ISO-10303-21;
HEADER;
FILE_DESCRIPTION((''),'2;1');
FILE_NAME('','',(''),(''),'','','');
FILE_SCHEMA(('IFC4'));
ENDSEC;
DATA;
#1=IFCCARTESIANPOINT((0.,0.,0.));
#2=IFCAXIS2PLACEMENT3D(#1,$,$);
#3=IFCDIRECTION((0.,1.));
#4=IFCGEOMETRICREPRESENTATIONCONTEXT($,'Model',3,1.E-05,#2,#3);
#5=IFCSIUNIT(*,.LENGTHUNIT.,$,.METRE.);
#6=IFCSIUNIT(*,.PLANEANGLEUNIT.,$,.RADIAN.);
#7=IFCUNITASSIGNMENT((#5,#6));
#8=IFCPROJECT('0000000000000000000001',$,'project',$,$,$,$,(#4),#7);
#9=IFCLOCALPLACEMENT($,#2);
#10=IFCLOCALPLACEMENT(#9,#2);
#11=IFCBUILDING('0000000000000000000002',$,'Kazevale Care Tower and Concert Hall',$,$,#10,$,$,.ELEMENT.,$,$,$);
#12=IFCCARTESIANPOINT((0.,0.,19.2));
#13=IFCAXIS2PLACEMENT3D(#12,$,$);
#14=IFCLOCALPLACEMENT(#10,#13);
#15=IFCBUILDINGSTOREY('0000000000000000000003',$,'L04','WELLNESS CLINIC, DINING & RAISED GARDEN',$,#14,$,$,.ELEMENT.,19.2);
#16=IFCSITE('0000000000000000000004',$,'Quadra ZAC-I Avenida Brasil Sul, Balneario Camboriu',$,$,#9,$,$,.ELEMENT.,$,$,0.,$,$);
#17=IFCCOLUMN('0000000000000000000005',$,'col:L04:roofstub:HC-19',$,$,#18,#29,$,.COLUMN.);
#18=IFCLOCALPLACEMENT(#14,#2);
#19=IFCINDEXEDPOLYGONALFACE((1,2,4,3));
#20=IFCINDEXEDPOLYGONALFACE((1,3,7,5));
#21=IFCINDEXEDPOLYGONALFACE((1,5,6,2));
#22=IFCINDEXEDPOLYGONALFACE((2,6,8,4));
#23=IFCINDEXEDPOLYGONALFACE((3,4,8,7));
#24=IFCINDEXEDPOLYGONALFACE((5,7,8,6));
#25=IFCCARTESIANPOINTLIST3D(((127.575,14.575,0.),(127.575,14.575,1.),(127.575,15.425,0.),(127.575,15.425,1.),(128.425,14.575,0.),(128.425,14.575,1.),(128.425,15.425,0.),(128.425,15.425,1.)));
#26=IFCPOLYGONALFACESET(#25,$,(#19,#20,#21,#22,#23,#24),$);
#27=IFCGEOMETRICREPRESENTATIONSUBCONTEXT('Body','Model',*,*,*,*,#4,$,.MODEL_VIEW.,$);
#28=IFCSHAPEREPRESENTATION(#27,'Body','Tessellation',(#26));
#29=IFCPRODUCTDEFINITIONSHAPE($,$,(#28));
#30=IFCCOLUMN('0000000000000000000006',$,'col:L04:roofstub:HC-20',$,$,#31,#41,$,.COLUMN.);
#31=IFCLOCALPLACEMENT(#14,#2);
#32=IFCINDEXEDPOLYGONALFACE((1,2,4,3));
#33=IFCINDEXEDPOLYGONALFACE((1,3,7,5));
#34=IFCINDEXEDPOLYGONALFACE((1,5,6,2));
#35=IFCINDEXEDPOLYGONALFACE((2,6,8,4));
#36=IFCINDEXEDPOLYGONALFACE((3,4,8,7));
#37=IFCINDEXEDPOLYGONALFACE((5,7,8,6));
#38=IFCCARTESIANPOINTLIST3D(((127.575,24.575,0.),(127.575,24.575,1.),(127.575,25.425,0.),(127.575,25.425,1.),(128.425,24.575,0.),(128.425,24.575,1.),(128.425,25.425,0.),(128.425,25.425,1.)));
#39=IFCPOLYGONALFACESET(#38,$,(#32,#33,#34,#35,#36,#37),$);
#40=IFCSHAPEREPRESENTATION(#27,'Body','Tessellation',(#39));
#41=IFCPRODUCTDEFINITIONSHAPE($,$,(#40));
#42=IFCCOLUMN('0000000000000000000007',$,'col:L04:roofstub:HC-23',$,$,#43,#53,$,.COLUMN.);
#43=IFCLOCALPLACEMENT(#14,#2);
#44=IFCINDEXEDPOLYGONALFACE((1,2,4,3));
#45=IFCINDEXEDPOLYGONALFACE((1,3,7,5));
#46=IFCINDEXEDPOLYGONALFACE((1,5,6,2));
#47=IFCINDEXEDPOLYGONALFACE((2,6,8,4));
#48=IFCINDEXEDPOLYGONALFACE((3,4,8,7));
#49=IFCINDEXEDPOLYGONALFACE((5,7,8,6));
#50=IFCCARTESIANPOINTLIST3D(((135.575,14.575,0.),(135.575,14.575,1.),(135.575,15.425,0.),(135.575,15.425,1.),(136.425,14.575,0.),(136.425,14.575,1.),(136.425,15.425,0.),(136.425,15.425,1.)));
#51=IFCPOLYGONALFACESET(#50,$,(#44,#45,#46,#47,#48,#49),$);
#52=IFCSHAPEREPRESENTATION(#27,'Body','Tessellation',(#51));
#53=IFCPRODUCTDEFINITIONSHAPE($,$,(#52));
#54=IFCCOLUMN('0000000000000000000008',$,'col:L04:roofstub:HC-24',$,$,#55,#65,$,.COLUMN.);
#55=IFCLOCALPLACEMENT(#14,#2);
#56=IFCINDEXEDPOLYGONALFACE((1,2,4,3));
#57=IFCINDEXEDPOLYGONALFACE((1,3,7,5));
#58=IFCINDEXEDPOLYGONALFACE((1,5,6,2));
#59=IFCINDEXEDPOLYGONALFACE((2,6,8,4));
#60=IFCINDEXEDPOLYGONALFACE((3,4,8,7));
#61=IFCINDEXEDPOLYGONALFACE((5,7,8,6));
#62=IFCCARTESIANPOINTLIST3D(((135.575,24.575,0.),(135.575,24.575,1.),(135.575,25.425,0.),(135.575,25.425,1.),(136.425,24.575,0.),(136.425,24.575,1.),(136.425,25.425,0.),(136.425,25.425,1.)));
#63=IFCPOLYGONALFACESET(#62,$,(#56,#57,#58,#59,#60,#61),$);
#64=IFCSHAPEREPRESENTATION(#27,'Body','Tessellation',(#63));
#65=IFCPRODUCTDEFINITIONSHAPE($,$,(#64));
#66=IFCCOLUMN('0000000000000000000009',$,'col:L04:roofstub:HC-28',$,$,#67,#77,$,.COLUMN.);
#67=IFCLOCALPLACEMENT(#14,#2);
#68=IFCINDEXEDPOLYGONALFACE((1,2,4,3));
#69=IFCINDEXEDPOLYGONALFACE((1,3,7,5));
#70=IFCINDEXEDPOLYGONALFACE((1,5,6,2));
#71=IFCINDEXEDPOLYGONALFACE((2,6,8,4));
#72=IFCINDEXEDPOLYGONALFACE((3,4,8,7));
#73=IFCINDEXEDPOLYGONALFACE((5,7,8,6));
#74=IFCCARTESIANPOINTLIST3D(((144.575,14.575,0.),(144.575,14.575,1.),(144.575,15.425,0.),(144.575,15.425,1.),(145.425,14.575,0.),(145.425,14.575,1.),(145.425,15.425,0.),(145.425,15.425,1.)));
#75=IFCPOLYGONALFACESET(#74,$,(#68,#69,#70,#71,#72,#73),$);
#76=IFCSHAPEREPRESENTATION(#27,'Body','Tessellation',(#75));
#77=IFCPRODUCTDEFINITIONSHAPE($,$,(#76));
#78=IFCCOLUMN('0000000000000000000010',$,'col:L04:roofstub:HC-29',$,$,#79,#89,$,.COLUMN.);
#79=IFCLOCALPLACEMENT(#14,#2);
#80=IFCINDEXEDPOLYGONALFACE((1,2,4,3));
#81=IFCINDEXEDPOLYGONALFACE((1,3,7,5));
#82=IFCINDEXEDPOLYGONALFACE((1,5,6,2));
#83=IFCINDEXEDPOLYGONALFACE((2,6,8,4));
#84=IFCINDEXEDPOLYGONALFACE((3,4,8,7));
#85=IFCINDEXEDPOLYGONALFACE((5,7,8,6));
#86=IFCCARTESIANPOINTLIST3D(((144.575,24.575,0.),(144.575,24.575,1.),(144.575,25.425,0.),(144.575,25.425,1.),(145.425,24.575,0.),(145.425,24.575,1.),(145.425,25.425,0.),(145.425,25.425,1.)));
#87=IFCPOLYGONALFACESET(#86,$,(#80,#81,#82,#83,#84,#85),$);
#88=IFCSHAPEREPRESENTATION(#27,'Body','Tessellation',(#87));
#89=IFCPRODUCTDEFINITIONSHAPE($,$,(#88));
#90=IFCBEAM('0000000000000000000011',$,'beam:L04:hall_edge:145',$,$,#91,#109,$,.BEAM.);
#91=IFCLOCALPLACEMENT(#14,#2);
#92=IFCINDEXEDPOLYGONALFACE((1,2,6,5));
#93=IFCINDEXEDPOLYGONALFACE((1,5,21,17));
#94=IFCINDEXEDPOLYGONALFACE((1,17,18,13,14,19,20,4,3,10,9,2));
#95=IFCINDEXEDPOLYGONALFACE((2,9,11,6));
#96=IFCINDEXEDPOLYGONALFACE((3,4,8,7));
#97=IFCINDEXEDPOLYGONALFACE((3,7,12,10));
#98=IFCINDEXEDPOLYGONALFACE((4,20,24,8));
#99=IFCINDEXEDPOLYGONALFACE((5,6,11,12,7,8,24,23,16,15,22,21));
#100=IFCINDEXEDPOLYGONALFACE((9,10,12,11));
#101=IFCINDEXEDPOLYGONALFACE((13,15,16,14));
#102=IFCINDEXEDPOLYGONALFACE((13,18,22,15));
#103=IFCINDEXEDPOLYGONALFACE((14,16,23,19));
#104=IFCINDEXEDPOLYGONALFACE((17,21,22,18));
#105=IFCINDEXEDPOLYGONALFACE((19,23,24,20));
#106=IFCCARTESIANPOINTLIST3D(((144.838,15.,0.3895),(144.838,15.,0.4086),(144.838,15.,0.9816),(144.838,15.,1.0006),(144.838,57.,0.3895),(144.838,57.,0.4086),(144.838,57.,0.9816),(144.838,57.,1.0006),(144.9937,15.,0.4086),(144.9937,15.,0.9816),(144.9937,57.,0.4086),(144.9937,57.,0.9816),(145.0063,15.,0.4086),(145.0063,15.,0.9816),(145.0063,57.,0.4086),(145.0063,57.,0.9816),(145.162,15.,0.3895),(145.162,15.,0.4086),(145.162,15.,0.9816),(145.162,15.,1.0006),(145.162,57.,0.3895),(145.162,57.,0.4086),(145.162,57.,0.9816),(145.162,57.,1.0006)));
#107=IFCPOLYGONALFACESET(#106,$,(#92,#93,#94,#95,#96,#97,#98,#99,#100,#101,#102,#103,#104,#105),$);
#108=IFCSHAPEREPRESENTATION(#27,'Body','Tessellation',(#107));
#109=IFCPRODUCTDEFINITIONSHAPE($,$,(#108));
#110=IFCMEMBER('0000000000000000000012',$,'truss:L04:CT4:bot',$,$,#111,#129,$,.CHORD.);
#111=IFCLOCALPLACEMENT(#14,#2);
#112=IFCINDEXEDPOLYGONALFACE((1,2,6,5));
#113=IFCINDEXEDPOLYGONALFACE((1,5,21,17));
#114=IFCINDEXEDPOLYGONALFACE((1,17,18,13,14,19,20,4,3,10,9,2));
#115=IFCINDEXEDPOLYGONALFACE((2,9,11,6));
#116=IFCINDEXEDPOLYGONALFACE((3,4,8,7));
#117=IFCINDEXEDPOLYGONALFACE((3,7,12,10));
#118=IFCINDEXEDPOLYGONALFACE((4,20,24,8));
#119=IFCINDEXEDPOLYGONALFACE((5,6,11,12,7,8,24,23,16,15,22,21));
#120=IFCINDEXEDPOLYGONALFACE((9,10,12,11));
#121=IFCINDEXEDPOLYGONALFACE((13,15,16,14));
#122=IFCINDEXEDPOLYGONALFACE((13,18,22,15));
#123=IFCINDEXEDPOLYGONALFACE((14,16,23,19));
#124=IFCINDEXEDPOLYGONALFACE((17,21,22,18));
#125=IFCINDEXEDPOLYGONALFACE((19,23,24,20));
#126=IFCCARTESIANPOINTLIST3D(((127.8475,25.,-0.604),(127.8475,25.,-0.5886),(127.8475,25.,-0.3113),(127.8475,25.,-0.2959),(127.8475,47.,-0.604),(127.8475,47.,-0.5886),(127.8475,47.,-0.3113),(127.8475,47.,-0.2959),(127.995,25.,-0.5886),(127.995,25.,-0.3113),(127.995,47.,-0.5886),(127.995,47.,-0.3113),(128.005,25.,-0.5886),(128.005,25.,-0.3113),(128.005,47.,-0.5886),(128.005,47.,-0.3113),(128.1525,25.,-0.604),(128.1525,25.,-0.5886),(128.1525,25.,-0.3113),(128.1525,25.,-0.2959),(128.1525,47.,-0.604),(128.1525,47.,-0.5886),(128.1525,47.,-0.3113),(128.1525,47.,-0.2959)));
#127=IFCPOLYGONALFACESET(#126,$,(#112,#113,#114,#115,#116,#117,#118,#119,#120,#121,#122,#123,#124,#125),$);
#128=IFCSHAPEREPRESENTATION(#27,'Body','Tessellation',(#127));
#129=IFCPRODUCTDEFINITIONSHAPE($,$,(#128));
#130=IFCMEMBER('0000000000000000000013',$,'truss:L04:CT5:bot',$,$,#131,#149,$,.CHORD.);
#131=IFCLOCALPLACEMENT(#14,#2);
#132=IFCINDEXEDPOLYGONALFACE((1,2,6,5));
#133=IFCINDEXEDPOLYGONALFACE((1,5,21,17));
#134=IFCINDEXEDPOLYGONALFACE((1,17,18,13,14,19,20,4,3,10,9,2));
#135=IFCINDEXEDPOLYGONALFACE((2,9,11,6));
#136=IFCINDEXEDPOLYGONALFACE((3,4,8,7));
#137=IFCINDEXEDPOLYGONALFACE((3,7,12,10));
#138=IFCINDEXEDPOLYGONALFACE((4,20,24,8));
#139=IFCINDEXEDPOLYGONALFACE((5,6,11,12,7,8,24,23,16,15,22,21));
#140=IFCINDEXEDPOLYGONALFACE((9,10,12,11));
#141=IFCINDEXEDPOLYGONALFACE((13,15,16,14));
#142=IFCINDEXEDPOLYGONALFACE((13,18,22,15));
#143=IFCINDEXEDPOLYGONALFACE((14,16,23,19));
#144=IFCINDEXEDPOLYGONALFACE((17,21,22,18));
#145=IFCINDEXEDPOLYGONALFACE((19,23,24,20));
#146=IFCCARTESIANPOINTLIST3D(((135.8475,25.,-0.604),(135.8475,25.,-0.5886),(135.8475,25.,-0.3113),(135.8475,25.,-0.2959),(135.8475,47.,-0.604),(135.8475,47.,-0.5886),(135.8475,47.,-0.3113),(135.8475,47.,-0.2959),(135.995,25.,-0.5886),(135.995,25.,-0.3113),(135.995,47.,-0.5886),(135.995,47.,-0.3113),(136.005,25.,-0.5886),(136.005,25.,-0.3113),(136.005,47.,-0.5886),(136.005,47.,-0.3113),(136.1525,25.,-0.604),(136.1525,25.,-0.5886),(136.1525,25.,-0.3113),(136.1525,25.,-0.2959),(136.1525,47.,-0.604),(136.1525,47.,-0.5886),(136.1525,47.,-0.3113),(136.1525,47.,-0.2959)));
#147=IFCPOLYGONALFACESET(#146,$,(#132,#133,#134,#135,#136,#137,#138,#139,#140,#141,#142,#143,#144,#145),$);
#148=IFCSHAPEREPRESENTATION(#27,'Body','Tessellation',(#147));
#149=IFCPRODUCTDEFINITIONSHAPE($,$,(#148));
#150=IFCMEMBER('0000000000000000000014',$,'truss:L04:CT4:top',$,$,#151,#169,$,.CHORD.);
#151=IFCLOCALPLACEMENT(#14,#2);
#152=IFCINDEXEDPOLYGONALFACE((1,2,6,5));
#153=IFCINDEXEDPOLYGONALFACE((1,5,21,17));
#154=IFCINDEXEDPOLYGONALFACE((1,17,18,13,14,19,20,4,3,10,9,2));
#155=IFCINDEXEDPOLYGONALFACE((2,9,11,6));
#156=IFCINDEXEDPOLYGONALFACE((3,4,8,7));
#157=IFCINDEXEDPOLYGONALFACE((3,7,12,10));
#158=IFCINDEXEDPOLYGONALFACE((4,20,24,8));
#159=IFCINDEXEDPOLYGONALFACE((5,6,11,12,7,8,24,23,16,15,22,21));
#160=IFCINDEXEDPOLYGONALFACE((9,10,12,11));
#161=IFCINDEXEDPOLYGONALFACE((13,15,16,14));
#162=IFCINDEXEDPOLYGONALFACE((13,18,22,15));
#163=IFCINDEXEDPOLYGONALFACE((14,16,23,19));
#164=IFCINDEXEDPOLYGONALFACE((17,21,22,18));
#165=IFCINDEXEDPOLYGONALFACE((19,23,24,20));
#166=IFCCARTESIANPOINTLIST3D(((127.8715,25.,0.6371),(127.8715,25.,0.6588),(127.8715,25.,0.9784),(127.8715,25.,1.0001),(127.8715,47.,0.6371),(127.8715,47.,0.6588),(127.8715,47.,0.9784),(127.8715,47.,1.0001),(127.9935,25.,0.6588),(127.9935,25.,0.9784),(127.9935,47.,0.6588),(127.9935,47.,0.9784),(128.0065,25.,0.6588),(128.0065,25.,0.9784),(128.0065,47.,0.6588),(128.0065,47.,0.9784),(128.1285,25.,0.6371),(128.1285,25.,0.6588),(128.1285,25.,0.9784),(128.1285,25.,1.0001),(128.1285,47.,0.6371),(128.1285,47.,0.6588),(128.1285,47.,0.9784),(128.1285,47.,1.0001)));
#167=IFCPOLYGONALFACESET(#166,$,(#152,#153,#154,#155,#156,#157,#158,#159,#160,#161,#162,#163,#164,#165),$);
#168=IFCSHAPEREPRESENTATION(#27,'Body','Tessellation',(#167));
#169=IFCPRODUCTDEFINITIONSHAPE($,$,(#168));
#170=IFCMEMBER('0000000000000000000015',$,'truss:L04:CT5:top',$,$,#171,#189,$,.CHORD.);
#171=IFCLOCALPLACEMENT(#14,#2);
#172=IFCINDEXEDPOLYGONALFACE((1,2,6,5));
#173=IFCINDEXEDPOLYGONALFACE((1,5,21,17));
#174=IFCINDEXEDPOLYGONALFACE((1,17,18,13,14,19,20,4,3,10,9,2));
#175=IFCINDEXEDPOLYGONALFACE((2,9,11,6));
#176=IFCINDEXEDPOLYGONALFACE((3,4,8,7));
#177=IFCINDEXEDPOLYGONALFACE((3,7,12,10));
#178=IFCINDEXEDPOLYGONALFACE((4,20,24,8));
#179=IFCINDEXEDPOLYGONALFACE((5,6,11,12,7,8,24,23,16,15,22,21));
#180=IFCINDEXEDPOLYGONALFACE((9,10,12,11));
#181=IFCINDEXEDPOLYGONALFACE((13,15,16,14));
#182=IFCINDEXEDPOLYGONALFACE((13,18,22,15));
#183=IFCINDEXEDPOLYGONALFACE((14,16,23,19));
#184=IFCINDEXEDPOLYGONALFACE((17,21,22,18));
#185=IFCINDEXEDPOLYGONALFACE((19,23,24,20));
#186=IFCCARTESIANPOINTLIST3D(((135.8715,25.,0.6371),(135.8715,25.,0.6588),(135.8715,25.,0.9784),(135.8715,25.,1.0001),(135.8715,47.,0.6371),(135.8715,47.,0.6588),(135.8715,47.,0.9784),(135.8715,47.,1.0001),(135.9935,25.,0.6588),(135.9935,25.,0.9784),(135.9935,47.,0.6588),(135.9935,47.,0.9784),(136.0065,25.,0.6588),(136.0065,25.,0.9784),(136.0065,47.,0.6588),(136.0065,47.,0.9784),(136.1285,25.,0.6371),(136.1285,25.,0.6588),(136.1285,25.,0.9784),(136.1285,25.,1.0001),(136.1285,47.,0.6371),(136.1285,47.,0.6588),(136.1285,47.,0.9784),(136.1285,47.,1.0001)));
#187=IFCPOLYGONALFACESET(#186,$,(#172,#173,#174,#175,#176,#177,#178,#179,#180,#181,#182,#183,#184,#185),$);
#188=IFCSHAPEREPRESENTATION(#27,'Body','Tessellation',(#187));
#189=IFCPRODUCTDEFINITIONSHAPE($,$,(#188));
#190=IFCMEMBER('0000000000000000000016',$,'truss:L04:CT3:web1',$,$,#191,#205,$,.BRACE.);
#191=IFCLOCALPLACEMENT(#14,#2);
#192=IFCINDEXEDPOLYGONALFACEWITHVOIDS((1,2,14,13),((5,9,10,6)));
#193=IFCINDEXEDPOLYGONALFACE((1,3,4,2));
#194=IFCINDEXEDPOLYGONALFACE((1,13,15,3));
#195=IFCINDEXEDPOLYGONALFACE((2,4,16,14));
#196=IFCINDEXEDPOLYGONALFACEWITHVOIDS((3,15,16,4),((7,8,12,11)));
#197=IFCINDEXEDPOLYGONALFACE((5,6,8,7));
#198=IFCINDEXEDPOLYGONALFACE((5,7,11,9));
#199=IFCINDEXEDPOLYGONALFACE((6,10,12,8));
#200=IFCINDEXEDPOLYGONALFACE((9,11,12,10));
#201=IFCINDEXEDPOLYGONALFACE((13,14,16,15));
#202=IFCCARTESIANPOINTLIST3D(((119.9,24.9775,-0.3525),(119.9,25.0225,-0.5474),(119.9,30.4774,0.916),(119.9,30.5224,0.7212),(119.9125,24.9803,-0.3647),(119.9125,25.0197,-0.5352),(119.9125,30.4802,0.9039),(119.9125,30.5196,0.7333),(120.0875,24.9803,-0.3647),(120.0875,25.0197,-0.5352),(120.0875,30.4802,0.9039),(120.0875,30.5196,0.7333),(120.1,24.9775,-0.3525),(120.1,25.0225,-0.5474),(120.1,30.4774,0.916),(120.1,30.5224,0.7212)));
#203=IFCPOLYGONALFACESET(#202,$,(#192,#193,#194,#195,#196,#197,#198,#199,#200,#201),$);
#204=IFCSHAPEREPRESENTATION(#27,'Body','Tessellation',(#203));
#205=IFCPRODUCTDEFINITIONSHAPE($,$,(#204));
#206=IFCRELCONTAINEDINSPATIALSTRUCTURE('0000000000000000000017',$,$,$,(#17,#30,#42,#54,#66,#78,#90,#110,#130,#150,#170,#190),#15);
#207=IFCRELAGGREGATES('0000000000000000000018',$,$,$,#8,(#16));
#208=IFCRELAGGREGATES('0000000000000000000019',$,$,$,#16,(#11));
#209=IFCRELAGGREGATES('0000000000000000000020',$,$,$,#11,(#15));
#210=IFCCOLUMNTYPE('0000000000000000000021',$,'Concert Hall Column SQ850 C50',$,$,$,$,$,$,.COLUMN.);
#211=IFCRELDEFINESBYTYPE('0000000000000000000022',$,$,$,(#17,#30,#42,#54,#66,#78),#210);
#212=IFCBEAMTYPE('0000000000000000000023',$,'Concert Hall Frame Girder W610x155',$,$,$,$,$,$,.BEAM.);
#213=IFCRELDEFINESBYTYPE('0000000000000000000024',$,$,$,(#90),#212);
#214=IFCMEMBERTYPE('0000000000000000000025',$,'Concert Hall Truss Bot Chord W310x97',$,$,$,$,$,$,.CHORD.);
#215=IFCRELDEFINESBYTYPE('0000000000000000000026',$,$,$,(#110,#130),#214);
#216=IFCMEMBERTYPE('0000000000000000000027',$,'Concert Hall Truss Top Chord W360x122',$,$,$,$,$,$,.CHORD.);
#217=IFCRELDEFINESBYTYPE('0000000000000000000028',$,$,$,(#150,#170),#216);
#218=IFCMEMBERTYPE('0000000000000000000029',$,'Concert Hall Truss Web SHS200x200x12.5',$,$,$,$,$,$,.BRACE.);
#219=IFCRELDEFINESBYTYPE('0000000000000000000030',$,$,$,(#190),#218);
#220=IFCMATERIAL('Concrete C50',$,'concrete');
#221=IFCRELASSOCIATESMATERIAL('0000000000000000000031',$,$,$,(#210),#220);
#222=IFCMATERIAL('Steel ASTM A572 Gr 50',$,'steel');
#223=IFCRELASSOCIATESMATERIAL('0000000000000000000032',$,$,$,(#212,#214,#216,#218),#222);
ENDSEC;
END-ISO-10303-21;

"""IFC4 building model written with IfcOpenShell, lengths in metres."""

from ifc_helpers import new_model, si_unit, direction, frame, origin, origin_2d, place, context, subcontext, project, spatial, rectangle, hollow_rectangle, i_section, extrude, material, material_profile, profile_set, type_object, element, save


model = new_model("IFC4")

# Units and contexts
model_context = context("Model", 3, precision=1e-05, world=origin(), true_north=direction((0.0, 1.0)))
body_context = subcontext(model_context, "Body", "Model", "MODEL_VIEW")
ifc_project = project(units=[si_unit("LENGTHUNIT", "METRE"), si_unit("PLANEANGLEUNIT", "RADIAN")], contexts=[model_context])

# Site, building, storey
site_placement = place(None, origin())
site = spatial("IfcSite", under=ifc_project, at=site_placement, Name="Quadra ZAC-I Avenida Brasil Sul, Balneario Camboriu", CompositionType="ELEMENT", RefElevation=0.0)
building_placement = place(site_placement, origin())
building = spatial("IfcBuilding", under=site, at=building_placement, Name="Kazevale Care Tower and Concert Hall", CompositionType="ELEMENT")
storey_placement = place(building_placement, frame((0.0, 0.0, 19.2)))
storey = spatial("IfcBuildingStorey", under=building, at=storey_placement, Name="L04", Description="WELLNESS CLINIC, DINING & RAISED GARDEN", CompositionType="ELEMENT", Elevation=19.2)

# Columns
ifc_material_1 = material(Name="Concrete C50", Category="concrete")
ifc_material_profile_1 = material_profile(ifc_material_1, rectangle(XDim=0.8501, YDim=0.8501, at=origin_2d()), Name="RC-SQ850")
ifc_profile_set_1 = profile_set([ifc_material_profile_1], Name="Concrete C50")
column_type = type_object("IfcColumnType", Name="Concert Hall Column SQ850 C50", PredefinedType="COLUMN", material=ifc_profile_set_1)
for number, where, z_axis, x_axis, name in (
    (1, (128.0, 15.0, 0.0), (0.0, 0.0, 1.0), (1.0, 0.0, 0.0), "col:L04:roofstub:HC-19"),
    (2, (128.0, 25.0, 0.0), (0.0, 0.0, 1.0), (1.0, 0.0, 0.0), "col:L04:roofstub:HC-20"),
    (3, (136.0, 15.0, 0.0), (0.0, 0.0, 1.0), (1.0, 0.0, 0.0), "col:L04:roofstub:HC-23"),
    (4, (136.0, 25.0, 0.0), (0.0, 0.0, 1.0), (1.0, 0.0, 0.0), "col:L04:roofstub:HC-24"),
    (5, (145.0, 15.0, 0.0), (0.0, 0.0, 1.0), (1.0, 0.0, 0.0), "col:L04:roofstub:HC-28"),
    (6, (145.0, 25.0, 0.0), (0.0, 0.0, 1.0), (1.0, 0.0, 0.0), "col:L04:roofstub:HC-29"),
):
    element("IfcColumn", number, at=place(storey_placement, frame(where, z_axis=z_axis, x_axis=x_axis)), inside=storey, type_object=column_type, Name=name, PredefinedType="COLUMN", context=body_context, shape_type="SweptSolid", body=[
        extrude(rectangle(XDim=0.8501, YDim=0.8501, at=origin_2d()), origin(), (0.0, 0.0, 1.0), 1.0),
    ])

# Beam
ifc_material_2 = material(Name="Steel ASTM A572 Gr 50", Category="steel")
ifc_material_profile_2 = material_profile(ifc_material_2, i_section(OverallWidth=0.324, OverallDepth=0.6111, WebThickness=0.0127, FlangeThickness=0.019, at=origin_2d()), Name="W610x155")
ifc_profile_set_2 = profile_set([ifc_material_profile_2], Name="Steel ASTM A572 Gr 50")
beam_type = type_object("IfcBeamType", Name="Concert Hall Frame Girder W610x155", PredefinedType="BEAM", material=ifc_profile_set_2)
beam_placement = place(storey_placement, frame((145.0, 15.0, 0.6951), z_axis=(0.0, 1.0, 0.0), x_axis=(-1.0, 0.0, 0.0)))
element("IfcBeam", 7, at=beam_placement, inside=storey, type_object=beam_type, Name="beam:L04:hall_edge:145", PredefinedType="BEAM", context=body_context, shape_type="SweptSolid", body=[
    extrude(i_section(OverallWidth=0.324, OverallDepth=0.6111, WebThickness=0.0127, FlangeThickness=0.019, at=origin_2d()), origin(), (0.0, 0.0, 1.0), 42.0),
])

# Members
ifc_material_profile_3 = material_profile(ifc_material_2, i_section(OverallWidth=0.3049, OverallDepth=0.3081, WebThickness=0.01, FlangeThickness=0.0154, at=origin_2d()), Name="W310x97")
ifc_profile_set_3 = profile_set([ifc_material_profile_3], Name="Steel ASTM A572 Gr 50")
member_type_1 = type_object("IfcMemberType", Name="Concert Hall Truss Bot Chord W310x97", PredefinedType="CHORD", material=ifc_profile_set_3)
for number, where, z_axis, x_axis, name in (
    (8, (128.0, 25.0, -0.45), (0.0, 1.0, 0.0), (-1.0, 0.0, 0.0), "truss:L04:CT4:bot"),
    (9, (136.0, 25.0, -0.45), (0.0, 1.0, 0.0), (-1.0, 0.0, 0.0), "truss:L04:CT5:bot"),
):
    element("IfcMember", number, at=place(storey_placement, frame(where, z_axis=z_axis, x_axis=x_axis)), inside=storey, type_object=member_type_1, Name=name, PredefinedType="CHORD", context=body_context, shape_type="SweptSolid", body=[
        extrude(i_section(OverallWidth=0.3049, OverallDepth=0.3081, WebThickness=0.01, FlangeThickness=0.0154, at=origin_2d()), origin(), (0.0, 0.0, 1.0), 22.0),
    ])
ifc_material_profile_4 = material_profile(ifc_material_2, i_section(OverallWidth=0.2571, OverallDepth=0.363, WebThickness=0.0129, FlangeThickness=0.0217, at=origin_2d()), Name="W360x122")
ifc_profile_set_4 = profile_set([ifc_material_profile_4], Name="Steel ASTM A572 Gr 50")
member_type_2 = type_object("IfcMemberType", Name="Concert Hall Truss Top Chord W360x122", PredefinedType="CHORD", material=ifc_profile_set_4)
for number, where, z_axis, x_axis, name in (
    (10, (128.0, 25.0, 0.8186), (0.0, 1.0, 0.0), (-1.0, 0.0, 0.0), "truss:L04:CT4:top"),
    (11, (136.0, 25.0, 0.8186), (0.0, 1.0, 0.0), (-1.0, 0.0, 0.0), "truss:L04:CT5:top"),
):
    element("IfcMember", number, at=place(storey_placement, frame(where, z_axis=z_axis, x_axis=x_axis)), inside=storey, type_object=member_type_2, Name=name, PredefinedType="CHORD", context=body_context, shape_type="SweptSolid", body=[
        extrude(i_section(OverallWidth=0.2571, OverallDepth=0.363, WebThickness=0.0129, FlangeThickness=0.0217, at=origin_2d()), origin(), (0.0, 0.0, 1.0), 22.0),
    ])
ifc_material_profile_5 = material_profile(ifc_material_2, hollow_rectangle(XDim=0.2, YDim=0.2, WallThickness=0.0125, at=origin_2d()), Name="SHS200x200x12.5")
ifc_profile_set_5 = profile_set([ifc_material_profile_5], Name="Steel ASTM A572 Gr 50")
member_type_3 = type_object("IfcMemberType", Name="Concert Hall Truss Web SHS200x200x12.5", PredefinedType="BRACE", material=ifc_profile_set_5)
for number, where, z_axis, x_axis, name in (
    (12, (120.0, 25.0, -0.45), (0.0, 0.974417, 0.224746), (-1.0, 0.0, 0.0), "truss:L04:CT3:web1"),
):
    element("IfcMember", number, at=place(storey_placement, frame(where, z_axis=z_axis, x_axis=x_axis)), inside=storey, type_object=member_type_3, Name=name, PredefinedType="BRACE", context=body_context, shape_type="SweptSolid", body=[
        extrude(hollow_rectangle(XDim=0.2, YDim=0.2, WallThickness=0.0125, at=origin_2d()), origin(), (0.0, 0.0, 1.0), 5.6443),
    ])

save(model, "model.ifc")
